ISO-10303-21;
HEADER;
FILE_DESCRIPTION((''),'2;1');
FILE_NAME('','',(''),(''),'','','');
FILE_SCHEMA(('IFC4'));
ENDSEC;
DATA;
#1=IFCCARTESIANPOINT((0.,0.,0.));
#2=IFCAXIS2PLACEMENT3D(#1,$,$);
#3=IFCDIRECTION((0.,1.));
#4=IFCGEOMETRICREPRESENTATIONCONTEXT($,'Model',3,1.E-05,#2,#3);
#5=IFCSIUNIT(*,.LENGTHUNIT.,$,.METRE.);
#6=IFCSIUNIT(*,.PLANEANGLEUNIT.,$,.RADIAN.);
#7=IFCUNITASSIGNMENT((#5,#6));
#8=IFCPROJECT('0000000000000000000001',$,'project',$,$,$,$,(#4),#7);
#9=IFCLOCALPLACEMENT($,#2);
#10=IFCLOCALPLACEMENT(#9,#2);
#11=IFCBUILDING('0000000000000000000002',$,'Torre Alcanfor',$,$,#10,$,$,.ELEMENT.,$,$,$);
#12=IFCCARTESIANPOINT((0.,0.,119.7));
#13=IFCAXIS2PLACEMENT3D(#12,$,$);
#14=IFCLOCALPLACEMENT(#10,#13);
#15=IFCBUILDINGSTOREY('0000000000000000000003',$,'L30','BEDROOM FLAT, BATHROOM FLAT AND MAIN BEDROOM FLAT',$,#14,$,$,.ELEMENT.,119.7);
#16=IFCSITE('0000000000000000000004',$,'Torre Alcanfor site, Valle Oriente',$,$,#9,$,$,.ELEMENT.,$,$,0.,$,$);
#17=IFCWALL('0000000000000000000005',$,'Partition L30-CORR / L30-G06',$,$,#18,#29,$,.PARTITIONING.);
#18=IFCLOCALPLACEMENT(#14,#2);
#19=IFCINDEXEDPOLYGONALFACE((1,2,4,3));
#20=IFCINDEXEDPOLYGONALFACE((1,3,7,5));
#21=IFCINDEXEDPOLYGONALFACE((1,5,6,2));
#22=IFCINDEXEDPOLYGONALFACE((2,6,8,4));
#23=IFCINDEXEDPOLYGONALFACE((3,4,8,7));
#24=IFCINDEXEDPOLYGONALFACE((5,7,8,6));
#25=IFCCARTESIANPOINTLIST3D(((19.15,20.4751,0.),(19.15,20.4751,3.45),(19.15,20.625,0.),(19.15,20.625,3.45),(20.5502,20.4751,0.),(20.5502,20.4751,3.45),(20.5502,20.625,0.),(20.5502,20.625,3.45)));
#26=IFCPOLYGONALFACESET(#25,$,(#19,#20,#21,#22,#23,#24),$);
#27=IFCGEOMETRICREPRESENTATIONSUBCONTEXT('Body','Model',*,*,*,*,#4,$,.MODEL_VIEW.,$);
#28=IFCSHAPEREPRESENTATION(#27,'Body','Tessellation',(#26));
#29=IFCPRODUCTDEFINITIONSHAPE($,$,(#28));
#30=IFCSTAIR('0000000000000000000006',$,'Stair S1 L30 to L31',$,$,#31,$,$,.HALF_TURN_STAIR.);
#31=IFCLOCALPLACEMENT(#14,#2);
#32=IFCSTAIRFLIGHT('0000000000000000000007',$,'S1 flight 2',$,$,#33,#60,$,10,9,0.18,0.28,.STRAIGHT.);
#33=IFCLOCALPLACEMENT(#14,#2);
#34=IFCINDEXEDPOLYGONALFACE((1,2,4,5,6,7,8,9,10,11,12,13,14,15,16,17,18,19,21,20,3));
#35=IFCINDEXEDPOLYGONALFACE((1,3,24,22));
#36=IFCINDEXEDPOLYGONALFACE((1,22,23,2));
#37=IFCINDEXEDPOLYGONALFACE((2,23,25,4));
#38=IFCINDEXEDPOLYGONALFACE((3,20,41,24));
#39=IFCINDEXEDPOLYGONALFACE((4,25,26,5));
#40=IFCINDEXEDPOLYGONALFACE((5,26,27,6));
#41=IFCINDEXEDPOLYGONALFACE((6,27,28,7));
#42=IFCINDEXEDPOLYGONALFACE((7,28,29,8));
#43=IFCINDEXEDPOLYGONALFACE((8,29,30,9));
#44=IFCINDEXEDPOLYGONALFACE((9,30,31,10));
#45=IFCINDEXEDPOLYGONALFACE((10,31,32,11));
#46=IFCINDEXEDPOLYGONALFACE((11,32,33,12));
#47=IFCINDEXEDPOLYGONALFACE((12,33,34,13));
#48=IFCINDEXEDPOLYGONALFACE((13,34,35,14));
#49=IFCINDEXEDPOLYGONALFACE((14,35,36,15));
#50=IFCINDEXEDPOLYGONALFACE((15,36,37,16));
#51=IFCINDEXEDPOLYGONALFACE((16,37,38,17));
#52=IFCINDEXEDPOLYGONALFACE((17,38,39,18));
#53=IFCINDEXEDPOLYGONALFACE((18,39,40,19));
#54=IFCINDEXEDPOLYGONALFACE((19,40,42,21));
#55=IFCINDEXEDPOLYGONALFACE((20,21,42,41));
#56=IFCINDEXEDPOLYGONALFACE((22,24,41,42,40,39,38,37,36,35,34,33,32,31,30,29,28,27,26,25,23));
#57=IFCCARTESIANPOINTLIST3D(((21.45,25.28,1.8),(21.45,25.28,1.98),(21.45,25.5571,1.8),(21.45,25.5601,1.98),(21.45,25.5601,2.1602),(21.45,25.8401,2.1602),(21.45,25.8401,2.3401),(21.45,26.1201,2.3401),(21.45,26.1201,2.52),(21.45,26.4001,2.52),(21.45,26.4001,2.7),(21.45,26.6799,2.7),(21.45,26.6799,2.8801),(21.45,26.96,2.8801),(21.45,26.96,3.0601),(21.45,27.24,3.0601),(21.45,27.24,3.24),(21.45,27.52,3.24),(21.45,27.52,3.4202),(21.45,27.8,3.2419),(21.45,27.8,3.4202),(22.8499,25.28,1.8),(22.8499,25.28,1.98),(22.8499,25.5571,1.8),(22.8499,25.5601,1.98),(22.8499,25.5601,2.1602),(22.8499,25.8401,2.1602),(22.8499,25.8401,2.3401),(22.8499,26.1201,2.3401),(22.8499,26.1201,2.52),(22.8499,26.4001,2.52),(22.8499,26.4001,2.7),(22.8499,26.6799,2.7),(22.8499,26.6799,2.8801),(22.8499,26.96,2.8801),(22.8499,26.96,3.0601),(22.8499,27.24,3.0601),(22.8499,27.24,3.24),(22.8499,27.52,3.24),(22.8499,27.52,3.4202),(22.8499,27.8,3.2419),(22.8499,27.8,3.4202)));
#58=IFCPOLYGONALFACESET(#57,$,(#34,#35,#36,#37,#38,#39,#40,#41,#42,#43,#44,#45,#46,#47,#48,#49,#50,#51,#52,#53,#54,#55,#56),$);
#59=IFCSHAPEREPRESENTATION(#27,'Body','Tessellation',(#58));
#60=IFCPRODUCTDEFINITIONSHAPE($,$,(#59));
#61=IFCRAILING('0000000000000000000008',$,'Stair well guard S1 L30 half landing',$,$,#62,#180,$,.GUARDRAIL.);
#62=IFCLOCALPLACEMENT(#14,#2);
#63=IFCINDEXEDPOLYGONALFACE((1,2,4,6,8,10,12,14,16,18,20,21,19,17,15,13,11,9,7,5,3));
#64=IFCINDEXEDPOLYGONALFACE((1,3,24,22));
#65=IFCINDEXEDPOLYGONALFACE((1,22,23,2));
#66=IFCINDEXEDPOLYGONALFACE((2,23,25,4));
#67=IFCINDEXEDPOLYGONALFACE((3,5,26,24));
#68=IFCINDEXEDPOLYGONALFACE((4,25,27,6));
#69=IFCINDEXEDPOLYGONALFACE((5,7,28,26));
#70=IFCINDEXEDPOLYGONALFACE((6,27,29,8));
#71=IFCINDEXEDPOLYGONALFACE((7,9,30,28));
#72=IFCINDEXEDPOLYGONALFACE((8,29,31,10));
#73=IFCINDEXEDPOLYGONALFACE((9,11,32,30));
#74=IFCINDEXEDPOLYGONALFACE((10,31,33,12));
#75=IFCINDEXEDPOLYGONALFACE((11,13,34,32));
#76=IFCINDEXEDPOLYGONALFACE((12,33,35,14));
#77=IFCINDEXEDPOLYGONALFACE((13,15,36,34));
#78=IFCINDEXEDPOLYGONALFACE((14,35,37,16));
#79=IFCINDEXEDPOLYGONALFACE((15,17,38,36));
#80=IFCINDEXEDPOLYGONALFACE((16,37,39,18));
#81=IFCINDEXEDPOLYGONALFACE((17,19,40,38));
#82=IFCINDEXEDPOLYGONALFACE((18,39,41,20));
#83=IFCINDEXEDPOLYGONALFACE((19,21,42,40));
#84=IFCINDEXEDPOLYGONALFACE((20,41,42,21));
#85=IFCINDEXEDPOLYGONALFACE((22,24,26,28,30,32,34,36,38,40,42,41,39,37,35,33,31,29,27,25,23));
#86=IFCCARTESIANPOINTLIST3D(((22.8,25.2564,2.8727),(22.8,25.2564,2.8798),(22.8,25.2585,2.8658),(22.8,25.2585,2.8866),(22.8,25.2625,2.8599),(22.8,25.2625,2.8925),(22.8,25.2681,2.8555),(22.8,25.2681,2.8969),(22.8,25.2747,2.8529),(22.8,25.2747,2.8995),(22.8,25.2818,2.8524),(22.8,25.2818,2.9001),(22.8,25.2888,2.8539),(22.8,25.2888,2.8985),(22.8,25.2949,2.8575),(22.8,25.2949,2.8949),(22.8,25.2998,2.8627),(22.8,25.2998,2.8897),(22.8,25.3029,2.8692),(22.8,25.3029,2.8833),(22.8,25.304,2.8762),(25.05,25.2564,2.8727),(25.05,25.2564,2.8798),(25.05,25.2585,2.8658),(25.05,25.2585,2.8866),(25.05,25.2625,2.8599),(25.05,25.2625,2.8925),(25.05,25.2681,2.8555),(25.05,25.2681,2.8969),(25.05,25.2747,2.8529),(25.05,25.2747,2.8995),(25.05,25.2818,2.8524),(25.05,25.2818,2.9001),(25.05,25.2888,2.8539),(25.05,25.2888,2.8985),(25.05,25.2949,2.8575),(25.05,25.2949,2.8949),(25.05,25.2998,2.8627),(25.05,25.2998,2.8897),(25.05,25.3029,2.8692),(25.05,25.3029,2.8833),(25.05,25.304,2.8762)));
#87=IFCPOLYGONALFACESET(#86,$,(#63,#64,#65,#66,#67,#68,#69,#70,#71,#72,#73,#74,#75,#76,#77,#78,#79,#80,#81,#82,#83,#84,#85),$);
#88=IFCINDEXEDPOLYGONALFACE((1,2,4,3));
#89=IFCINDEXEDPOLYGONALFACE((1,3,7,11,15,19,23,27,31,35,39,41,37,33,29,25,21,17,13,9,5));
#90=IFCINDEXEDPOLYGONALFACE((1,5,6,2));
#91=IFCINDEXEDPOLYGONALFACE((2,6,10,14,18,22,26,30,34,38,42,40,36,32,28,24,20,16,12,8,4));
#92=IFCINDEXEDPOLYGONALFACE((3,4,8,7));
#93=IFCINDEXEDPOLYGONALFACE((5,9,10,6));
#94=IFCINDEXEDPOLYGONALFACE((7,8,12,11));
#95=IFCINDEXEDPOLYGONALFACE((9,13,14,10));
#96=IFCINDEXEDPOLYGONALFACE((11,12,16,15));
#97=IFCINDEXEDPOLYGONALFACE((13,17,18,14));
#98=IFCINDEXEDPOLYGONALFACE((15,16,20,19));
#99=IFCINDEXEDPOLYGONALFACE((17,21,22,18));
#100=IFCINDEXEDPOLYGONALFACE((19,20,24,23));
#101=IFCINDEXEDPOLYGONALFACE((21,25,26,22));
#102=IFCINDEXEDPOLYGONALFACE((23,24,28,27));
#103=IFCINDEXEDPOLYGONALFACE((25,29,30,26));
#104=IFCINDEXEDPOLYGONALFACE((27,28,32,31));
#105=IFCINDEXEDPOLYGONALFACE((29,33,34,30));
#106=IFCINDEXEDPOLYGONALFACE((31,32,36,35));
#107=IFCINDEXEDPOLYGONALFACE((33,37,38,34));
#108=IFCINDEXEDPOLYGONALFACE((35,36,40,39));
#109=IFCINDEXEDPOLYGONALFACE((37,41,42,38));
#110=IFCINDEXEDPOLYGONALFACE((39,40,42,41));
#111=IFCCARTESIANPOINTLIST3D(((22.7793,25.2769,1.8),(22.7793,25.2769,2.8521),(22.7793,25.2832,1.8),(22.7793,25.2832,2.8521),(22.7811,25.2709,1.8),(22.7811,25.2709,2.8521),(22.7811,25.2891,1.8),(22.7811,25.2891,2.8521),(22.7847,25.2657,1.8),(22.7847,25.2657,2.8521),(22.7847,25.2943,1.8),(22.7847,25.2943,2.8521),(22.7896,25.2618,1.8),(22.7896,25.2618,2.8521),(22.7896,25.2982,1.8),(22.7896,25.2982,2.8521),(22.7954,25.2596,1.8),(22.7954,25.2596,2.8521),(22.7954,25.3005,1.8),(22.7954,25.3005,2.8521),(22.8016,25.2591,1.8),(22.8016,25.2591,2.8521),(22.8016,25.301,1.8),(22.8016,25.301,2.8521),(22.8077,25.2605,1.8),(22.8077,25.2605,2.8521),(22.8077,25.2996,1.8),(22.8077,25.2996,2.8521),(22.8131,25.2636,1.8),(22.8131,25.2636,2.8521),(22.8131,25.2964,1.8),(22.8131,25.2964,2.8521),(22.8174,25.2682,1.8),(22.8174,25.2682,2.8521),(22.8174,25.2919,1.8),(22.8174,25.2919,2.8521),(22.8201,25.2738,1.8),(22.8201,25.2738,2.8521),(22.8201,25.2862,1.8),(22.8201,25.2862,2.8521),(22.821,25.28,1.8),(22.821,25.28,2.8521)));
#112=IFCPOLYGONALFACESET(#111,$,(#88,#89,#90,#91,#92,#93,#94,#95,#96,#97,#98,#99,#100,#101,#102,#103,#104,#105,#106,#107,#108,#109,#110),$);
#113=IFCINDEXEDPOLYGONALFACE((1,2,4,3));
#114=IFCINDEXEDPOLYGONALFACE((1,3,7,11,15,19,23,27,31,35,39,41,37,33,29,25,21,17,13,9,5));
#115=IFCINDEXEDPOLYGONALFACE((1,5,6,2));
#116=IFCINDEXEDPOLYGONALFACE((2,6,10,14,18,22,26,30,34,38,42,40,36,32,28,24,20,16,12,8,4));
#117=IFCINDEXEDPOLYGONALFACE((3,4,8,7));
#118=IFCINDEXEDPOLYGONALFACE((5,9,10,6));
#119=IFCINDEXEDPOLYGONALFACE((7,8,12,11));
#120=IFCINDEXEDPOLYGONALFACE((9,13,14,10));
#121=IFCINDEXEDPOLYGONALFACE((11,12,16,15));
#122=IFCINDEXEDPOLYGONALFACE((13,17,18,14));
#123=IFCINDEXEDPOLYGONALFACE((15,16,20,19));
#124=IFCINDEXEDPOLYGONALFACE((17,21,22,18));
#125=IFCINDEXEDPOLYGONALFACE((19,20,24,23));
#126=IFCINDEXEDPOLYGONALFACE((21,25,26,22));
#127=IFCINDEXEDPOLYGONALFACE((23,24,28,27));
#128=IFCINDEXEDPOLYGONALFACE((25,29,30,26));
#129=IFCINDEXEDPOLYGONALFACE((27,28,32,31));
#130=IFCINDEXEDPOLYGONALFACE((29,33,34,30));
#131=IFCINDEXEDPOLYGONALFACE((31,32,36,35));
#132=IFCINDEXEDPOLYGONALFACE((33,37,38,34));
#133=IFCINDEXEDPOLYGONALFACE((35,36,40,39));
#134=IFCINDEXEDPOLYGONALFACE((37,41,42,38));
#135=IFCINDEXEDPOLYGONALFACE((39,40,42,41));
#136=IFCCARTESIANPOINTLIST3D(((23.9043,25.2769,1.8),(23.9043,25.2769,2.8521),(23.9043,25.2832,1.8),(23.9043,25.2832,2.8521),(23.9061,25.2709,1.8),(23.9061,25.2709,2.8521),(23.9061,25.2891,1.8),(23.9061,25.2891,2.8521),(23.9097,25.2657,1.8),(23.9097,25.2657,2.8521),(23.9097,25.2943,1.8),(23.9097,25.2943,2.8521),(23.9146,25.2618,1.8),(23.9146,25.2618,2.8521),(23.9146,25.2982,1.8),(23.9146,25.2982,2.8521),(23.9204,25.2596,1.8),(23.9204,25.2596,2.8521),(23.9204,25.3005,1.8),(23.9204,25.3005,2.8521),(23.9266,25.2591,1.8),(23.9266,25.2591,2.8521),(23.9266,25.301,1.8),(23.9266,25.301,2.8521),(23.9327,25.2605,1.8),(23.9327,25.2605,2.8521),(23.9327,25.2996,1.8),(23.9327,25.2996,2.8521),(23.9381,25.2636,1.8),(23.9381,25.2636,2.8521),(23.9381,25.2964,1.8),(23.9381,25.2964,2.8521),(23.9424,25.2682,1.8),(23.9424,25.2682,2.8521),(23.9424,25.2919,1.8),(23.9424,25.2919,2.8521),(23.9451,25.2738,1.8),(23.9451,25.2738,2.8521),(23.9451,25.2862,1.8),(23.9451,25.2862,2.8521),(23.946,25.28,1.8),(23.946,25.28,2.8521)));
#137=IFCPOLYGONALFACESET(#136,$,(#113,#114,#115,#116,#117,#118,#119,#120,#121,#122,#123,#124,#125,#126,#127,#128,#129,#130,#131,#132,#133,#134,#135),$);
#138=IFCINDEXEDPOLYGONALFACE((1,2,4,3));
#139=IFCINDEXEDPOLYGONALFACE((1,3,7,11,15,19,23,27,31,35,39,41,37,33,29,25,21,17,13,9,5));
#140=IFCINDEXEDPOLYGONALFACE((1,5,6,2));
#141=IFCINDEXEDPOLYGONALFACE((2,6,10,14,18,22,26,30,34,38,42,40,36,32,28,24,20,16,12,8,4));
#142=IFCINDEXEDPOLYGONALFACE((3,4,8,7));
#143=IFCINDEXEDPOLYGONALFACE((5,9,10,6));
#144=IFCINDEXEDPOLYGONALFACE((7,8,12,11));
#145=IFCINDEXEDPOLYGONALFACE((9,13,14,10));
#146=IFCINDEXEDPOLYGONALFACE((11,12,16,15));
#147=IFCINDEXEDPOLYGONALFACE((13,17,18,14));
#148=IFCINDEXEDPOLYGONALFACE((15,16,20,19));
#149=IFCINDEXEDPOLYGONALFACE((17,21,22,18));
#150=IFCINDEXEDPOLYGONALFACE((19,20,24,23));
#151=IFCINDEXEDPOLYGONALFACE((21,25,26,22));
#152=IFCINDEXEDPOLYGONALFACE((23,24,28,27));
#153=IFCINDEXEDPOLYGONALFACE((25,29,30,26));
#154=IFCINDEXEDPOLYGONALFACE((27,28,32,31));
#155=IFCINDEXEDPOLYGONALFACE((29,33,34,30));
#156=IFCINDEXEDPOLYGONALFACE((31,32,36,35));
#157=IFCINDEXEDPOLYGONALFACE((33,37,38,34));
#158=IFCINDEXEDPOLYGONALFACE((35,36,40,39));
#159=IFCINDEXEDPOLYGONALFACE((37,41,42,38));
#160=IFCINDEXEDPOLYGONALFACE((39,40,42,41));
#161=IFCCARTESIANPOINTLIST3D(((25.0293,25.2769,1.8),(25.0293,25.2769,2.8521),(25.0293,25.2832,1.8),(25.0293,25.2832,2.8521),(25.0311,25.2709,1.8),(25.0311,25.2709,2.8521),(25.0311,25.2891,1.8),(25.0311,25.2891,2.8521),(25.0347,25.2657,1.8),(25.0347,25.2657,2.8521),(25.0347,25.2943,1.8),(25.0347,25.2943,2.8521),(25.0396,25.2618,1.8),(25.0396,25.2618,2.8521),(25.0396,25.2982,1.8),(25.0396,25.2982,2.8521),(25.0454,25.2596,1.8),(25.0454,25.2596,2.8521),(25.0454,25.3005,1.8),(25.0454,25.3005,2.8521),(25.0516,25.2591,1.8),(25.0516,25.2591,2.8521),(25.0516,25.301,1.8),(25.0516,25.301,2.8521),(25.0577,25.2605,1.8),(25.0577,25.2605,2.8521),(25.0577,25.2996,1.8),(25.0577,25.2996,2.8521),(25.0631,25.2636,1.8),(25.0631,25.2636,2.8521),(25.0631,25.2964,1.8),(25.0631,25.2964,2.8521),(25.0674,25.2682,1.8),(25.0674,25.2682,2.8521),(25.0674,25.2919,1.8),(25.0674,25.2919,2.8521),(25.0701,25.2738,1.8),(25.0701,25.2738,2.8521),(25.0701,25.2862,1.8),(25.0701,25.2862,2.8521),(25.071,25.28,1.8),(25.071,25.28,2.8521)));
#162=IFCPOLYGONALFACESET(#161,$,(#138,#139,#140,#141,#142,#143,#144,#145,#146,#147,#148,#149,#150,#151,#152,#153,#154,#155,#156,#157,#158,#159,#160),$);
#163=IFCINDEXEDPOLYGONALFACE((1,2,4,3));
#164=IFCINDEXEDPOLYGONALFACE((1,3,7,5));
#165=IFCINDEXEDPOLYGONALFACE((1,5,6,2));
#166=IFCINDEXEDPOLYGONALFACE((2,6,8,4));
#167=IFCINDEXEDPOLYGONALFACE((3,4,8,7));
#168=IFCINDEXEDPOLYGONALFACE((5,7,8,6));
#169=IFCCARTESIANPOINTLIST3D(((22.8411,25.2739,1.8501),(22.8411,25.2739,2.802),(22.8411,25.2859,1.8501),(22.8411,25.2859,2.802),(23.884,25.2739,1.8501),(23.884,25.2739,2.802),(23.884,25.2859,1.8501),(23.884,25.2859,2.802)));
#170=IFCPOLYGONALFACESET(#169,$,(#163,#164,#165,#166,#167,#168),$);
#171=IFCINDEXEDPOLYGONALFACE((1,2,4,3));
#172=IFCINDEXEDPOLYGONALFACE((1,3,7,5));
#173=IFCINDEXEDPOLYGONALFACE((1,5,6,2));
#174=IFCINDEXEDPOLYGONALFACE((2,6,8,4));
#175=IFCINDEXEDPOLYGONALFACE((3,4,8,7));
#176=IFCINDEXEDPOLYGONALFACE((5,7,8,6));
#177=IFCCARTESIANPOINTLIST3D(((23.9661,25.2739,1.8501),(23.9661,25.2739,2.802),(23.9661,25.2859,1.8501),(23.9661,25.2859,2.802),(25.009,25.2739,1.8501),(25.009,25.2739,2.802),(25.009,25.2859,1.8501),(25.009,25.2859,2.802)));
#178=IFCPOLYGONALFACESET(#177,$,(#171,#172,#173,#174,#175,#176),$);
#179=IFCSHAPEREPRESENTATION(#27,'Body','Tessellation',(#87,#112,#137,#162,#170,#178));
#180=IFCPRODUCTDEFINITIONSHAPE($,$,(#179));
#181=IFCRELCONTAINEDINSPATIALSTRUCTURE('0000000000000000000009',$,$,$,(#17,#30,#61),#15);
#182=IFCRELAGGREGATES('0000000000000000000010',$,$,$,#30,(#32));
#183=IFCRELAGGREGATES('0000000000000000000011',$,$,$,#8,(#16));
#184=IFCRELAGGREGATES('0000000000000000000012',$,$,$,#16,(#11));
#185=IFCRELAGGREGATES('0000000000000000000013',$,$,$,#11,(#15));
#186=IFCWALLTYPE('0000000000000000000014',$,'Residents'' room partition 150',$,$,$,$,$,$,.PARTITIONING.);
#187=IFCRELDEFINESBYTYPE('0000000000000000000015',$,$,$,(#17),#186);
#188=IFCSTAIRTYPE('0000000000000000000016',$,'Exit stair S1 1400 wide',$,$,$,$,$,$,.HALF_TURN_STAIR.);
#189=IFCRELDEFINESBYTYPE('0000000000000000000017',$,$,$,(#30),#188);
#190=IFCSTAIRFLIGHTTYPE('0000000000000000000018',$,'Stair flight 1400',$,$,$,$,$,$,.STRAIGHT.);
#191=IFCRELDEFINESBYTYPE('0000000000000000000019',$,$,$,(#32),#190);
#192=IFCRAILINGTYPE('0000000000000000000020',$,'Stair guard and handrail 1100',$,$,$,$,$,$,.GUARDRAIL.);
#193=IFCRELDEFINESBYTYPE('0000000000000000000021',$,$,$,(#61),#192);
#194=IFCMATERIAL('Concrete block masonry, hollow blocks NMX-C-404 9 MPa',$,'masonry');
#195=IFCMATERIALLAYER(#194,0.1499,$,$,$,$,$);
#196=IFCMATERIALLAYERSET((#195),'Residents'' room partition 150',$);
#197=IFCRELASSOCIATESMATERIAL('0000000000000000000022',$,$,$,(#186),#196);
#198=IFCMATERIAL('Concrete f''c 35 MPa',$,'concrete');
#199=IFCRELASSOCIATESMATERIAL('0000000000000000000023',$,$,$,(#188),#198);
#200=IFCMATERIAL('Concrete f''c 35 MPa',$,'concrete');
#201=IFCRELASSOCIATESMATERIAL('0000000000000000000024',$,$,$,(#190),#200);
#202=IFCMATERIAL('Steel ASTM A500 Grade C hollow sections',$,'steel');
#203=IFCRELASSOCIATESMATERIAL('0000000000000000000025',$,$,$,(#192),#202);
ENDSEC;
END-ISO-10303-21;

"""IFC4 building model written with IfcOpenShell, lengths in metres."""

from ifc_helpers import new_model, si_unit, direction, frame, frame_2d, origin, origin_2d, place, context, subcontext, project, spatial, polyline, rectangle, circle, outline, extrude, material, layer, layer_set, type_object, element, aggregate, save


model = new_model("IFC4")

# Units and contexts
model_context = context("Model", 3, precision=1e-05, world=origin(), true_north=direction((0.0, 1.0)))
body_context = subcontext(model_context, "Body", "Model", "MODEL_VIEW")
ifc_project = project(units=[si_unit("LENGTHUNIT", "METRE"), si_unit("PLANEANGLEUNIT", "RADIAN")], contexts=[model_context])

# Site, building, storey
site_placement = place(None, origin())
site = spatial("IfcSite", under=ifc_project, at=site_placement, Name="Torre Alcanfor site, Valle Oriente", CompositionType="ELEMENT", RefElevation=0.0)
building_placement = place(site_placement, origin())
building = spatial("IfcBuilding", under=site, at=building_placement, Name="Torre Alcanfor", CompositionType="ELEMENT")
storey_placement = place(building_placement, frame((0.0, 0.0, 119.7)))
storey = spatial("IfcBuildingStorey", under=building, at=storey_placement, Name="L30", Description="BEDROOM FLAT, BATHROOM FLAT AND MAIN BEDROOM FLAT", CompositionType="ELEMENT", Elevation=119.7)

# Shared definitions
ifc_material_1 = material(Name="Concrete block masonry, hollow blocks NMX-C-404 9 MPa", Category="masonry")
ifc_layer_1 = layer(ifc_material_1, 0.1499)
ifc_layer_set_1 = layer_set([ifc_layer_1], Name="Residents' room partition 150")
wall_type_1 = type_object("IfcWallType", Name="Residents' room partition 150", PredefinedType="PARTITIONING", material=ifc_layer_set_1)

# Wall
wall_1_placement = place(storey_placement, frame((19.1499, 20.55, 0.0), z_axis=(0.0, 0.0, 1.0), x_axis=(1.0, 0.0, 0.0)))
element("IfcWall", 1, at=wall_1_placement, inside=storey, type_object=wall_type_1, Name="Partition L30-CORR / L30-G06", PredefinedType="PARTITIONING", context=body_context, shape_type="SweptSolid", body=[
    extrude(rectangle(XDim=1.4001, YDim=0.1499, at=frame_2d((0.7002, 0.0))), origin(), (0.0, 0.0, 1.0), 3.45),
])

# Stair, stair flight
ifc_material_2 = material(Name="Concrete f'c 35 MPa", Category="concrete")
stair_type = type_object("IfcStairType", Name="Exit stair S1 1400 wide", PredefinedType="HALF_TURN_STAIR", material=ifc_material_2)
stair_placement = place(storey_placement, origin())
stair = element("IfcStair", 2, at=stair_placement, inside=storey, type_object=stair_type, Name="Stair S1 L30 to L31", PredefinedType="HALF_TURN_STAIR")
ifc_material_3 = material(Name="Concrete f'c 35 MPa", Category="concrete")
stair_flight_type = type_object("IfcStairFlightType", Name="Stair flight 1400", PredefinedType="STRAIGHT", material=ifc_material_3)
stair_flight_placement = place(storey_placement, frame((22.1499, 25.28, 1.8), z_axis=(0.0, 0.0, 1.0), x_axis=(0.0, 1.0, 0.0)))
stair_flight = element("IfcStairFlight", 3, at=stair_flight_placement, type_object=stair_flight_type, Name="S1 flight 2", NumberOfRisers=10, NumberOfTreads=9, PredefinedType="STRAIGHT", RiserHeight=0.18, TreadLength=0.28, context=body_context, shape_type="SweptSolid", body=[
    extrude(outline(polyline([(0.0, 0.0), (0.0, 0.1799), (0.28, 0.1799), (0.28, 0.3601), (0.5601, 0.3601), (0.5601, 0.54), (0.8401, 0.54), (0.8401, 0.72), (1.1201, 0.72), (1.1201, 0.8999), (1.3999, 0.8999), (1.3999, 1.0801), (1.6799, 1.0801), (1.6799, 1.26), (1.96, 1.26), (1.96, 1.4399), (2.24, 1.4399), (2.24, 1.6201), (2.52, 1.6201), (2.52, 1.8), (2.52, 1.4419), (0.2771, 0.0), (0.0, 0.0)])), frame((0.0, 0.7, 0.0), z_axis=(0.0, -1.0, 0.0), x_axis=(1.0, 0.0, 0.0)), (0.0, 0.0, 1.0), 1.3999),
])
aggregate(stair, [stair_flight])

# Railing
ifc_material_4 = material(Name="Steel ASTM A500 Grade C hollow sections", Category="steel")
railing_type_1 = type_object("IfcRailingType", Name="Stair guard and handrail 1100", PredefinedType="GUARDRAIL", material=ifc_material_4)
railing_1_placement = place(storey_placement, frame((22.8, 25.28, 1.8)))
element("IfcRailing", 4, at=railing_1_placement, inside=storey, type_object=railing_type_1, Name="Stair well guard S1 L30 half landing", PredefinedType="GUARDRAIL", context=body_context, shape_type="SweptSolid", body=[
    extrude(circle(Radius=0.0239, at=origin_2d()), frame((0.0, 0.0, 1.0762), z_axis=(1.0, 0.0, 0.0), x_axis=(0.0, 1.0, 0.0)), (0.0, 0.0, 1.0), 2.25),
    extrude(circle(Radius=0.021, at=origin_2d()), origin(), (0.0, 0.0, 1.0), 1.052),
    extrude(circle(Radius=0.021, at=origin_2d()), frame((1.125, 0.0, 0.0)), (0.0, 0.0, 1.0), 1.052),
    extrude(circle(Radius=0.021, at=origin_2d()), frame((2.25, 0.0, 0.0)), (0.0, 0.0, 1.0), 1.052),
    extrude(outline(polyline([(0.041, 0.05), (1.084, 0.05), (1.084, 1.002), (0.041, 1.002), (0.041, 0.05)])), frame((0.0, 0.0059, 0.0), z_axis=(0.0, -1.0, 0.0), x_axis=(1.0, 0.0, 0.0)), (0.0, 0.0, 1.0), 0.012),
    extrude(outline(polyline([(1.166, 0.05), (2.209, 0.05), (2.209, 1.002), (1.166, 1.002), (1.166, 0.05)])), frame((0.0, 0.0059, 0.0), z_axis=(0.0, -1.0, 0.0), x_axis=(1.0, 0.0, 0.0)), (0.0, 0.0, 1.0), 0.012),
])

save(model, "model.ifc")
